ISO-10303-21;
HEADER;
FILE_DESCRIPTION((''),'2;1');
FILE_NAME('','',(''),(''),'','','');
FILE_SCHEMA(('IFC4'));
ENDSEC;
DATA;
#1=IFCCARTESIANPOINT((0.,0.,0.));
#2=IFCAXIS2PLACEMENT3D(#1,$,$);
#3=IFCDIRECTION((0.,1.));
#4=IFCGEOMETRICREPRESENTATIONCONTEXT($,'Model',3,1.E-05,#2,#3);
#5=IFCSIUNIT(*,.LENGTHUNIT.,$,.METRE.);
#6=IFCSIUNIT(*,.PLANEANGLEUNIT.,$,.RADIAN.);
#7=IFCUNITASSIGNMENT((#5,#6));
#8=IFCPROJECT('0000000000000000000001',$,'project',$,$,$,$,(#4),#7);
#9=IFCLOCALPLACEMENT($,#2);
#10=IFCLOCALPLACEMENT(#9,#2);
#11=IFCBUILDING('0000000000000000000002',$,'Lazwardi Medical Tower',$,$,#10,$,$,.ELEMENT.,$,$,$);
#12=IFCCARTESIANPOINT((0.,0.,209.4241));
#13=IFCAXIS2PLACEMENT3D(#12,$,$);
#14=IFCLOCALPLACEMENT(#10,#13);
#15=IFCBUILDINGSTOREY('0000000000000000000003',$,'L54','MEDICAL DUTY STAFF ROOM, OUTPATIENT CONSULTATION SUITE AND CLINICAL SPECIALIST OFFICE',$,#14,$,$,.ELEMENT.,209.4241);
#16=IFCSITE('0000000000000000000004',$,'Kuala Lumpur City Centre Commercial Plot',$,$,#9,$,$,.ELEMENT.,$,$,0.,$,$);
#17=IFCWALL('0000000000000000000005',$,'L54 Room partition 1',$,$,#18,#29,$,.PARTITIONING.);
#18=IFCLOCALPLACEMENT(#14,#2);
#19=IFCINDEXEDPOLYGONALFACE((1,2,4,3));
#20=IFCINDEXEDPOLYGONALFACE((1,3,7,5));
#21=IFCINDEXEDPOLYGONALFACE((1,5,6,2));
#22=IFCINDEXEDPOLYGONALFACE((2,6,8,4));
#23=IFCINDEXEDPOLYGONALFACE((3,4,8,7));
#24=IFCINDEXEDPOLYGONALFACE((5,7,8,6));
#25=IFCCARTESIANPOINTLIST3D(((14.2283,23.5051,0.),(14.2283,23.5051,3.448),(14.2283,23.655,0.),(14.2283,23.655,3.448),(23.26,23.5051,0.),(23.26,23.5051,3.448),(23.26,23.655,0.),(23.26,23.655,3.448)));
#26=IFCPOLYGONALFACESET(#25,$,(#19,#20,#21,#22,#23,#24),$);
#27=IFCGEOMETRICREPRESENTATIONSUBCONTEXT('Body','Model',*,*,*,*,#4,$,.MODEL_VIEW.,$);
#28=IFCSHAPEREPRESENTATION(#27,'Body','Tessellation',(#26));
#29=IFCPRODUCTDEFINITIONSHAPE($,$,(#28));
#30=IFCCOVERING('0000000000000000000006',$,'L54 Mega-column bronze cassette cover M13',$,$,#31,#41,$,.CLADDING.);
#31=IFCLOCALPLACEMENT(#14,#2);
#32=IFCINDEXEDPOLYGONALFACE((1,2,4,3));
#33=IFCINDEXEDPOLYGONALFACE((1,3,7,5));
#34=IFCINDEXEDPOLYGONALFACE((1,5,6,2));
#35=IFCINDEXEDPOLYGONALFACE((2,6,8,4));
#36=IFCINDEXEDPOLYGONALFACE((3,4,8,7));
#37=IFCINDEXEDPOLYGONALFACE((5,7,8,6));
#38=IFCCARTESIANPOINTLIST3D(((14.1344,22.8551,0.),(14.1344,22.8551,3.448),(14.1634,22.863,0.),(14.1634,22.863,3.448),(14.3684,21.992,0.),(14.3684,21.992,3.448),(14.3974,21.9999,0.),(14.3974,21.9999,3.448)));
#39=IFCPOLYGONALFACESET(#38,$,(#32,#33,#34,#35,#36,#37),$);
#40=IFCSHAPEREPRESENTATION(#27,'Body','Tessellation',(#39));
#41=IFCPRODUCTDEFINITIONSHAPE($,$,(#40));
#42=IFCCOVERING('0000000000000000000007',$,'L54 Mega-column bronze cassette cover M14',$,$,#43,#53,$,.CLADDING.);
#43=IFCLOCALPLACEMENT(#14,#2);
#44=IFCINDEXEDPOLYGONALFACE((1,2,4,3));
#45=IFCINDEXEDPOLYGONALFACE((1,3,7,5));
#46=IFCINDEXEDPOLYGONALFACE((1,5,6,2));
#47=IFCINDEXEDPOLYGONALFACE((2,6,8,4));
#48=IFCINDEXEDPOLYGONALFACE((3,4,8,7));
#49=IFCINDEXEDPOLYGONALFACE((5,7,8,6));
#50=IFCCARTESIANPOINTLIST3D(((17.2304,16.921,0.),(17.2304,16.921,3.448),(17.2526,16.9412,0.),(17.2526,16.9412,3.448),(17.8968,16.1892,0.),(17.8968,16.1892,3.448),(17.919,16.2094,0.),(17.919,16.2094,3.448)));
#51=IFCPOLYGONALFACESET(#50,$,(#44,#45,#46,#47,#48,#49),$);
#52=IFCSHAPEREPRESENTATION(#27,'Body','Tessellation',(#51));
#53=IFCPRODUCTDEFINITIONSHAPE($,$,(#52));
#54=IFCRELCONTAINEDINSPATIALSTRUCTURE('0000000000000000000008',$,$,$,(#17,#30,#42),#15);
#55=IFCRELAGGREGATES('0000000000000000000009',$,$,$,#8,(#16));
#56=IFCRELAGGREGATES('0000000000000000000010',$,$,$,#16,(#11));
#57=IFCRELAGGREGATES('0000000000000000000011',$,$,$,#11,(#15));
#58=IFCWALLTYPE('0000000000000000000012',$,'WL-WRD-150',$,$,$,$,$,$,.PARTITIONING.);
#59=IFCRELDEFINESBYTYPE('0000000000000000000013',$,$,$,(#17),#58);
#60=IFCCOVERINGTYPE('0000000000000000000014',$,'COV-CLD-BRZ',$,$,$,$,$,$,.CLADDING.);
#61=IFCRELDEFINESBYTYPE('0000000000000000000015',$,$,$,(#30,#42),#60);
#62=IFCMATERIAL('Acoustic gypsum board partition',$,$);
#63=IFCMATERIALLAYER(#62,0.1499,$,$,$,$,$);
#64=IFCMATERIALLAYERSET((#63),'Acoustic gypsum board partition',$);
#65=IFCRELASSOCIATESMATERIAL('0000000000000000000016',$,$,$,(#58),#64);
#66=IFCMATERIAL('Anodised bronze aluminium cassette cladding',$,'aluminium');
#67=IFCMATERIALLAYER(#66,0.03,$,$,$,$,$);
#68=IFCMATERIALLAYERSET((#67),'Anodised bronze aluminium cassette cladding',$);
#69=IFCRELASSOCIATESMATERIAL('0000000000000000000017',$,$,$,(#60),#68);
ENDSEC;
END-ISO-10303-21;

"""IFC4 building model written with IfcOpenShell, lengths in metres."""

from ifc_helpers import new_model, si_unit, direction, frame, frame_2d, origin, origin_2d, place, context, subcontext, project, spatial, rectangle, extrude, material, layer, layer_set, type_object, element, save


model = new_model("IFC4")

# Units and contexts
model_context = context("Model", 3, precision=1e-05, world=origin(), true_north=direction((0.0, 1.0)))
body_context = subcontext(model_context, "Body", "Model", "MODEL_VIEW")
ifc_project = project(units=[si_unit("LENGTHUNIT", "METRE"), si_unit("PLANEANGLEUNIT", "RADIAN")], contexts=[model_context])

# Site, building, storey
site_placement = place(None, origin())
site = spatial("IfcSite", under=ifc_project, at=site_placement, Name="Kuala Lumpur City Centre Commercial Plot", CompositionType="ELEMENT", RefElevation=0.0)
building_placement = place(site_placement, origin())
building = spatial("IfcBuilding", under=site, at=building_placement, Name="Lazwardi Medical Tower", CompositionType="ELEMENT")
storey_placement = place(building_placement, frame((0.0, 0.0, 209.4241)))
storey = spatial("IfcBuildingStorey", under=building, at=storey_placement, Name="L54", Description="MEDICAL DUTY STAFF ROOM, OUTPATIENT CONSULTATION SUITE AND CLINICAL SPECIALIST OFFICE", CompositionType="ELEMENT", Elevation=209.4241)

# Wall
ifc_material_1 = material(Name="Acoustic gypsum board partition")
ifc_layer_1 = layer(ifc_material_1, 0.1499)
ifc_layer_set_1 = layer_set([ifc_layer_1], Name="Acoustic gypsum board partition")
wall_type = type_object("IfcWallType", Name="WL-WRD-150", PredefinedType="PARTITIONING", material=ifc_layer_set_1)
wall_placement = place(storey_placement, frame((14.2283, 23.5801, 0.0), z_axis=(0.0, 0.0, 1.0), x_axis=(1.0, 0.0, 0.0)))
element("IfcWall", 1, at=wall_placement, inside=storey, type_object=wall_type, Name="L54 Room partition 1", PredefinedType="PARTITIONING", context=body_context, shape_type="SweptSolid", body=[
    extrude(rectangle(XDim=9.0317, YDim=0.1499, at=frame_2d((4.5159, 0.0))), origin(), (0.0, 0.0, 1.0), 3.448),
])

# Coverings
ifc_material_2 = material(Name="Anodised bronze aluminium cassette cladding", Category="aluminium")
ifc_layer_2 = layer(ifc_material_2, 0.03)
ifc_layer_set_2 = layer_set([ifc_layer_2], Name="Anodised bronze aluminium cassette cladding")
covering_type = type_object("IfcCoveringType", Name="COV-CLD-BRZ", PredefinedType="CLADDING", material=ifc_layer_set_2)
covering_1_placement = place(storey_placement, frame((14.2659, 22.4275, 0.0), z_axis=(0.0, 0.0, 1.0), x_axis=(0.261642, -0.965165, 0.0)))
element("IfcCovering", 2, at=covering_1_placement, inside=storey, type_object=covering_type, Name="L54 Mega-column bronze cassette cover M13", PredefinedType="CLADDING", context=body_context, shape_type="SweptSolid", body=[
    extrude(rectangle(XDim=0.8943, YDim=0.03, at=origin_2d()), origin(), (0.0, 0.0, 1.0), 3.448),
])
covering_2_placement = place(storey_placement, frame((17.5747, 16.5652, 0.0), z_axis=(0.0, 0.0, 1.0), x_axis=(0.673241, -0.739423, 0.0)))
element("IfcCovering", 3, at=covering_2_placement, inside=storey, type_object=covering_type, Name="L54 Mega-column bronze cassette cover M14", PredefinedType="CLADDING", context=body_context, shape_type="SweptSolid", body=[
    extrude(rectangle(XDim=0.9897, YDim=0.03, at=origin_2d()), origin(), (0.0, 0.0, 1.0), 3.448),
])

save(model, "model.ifc")
